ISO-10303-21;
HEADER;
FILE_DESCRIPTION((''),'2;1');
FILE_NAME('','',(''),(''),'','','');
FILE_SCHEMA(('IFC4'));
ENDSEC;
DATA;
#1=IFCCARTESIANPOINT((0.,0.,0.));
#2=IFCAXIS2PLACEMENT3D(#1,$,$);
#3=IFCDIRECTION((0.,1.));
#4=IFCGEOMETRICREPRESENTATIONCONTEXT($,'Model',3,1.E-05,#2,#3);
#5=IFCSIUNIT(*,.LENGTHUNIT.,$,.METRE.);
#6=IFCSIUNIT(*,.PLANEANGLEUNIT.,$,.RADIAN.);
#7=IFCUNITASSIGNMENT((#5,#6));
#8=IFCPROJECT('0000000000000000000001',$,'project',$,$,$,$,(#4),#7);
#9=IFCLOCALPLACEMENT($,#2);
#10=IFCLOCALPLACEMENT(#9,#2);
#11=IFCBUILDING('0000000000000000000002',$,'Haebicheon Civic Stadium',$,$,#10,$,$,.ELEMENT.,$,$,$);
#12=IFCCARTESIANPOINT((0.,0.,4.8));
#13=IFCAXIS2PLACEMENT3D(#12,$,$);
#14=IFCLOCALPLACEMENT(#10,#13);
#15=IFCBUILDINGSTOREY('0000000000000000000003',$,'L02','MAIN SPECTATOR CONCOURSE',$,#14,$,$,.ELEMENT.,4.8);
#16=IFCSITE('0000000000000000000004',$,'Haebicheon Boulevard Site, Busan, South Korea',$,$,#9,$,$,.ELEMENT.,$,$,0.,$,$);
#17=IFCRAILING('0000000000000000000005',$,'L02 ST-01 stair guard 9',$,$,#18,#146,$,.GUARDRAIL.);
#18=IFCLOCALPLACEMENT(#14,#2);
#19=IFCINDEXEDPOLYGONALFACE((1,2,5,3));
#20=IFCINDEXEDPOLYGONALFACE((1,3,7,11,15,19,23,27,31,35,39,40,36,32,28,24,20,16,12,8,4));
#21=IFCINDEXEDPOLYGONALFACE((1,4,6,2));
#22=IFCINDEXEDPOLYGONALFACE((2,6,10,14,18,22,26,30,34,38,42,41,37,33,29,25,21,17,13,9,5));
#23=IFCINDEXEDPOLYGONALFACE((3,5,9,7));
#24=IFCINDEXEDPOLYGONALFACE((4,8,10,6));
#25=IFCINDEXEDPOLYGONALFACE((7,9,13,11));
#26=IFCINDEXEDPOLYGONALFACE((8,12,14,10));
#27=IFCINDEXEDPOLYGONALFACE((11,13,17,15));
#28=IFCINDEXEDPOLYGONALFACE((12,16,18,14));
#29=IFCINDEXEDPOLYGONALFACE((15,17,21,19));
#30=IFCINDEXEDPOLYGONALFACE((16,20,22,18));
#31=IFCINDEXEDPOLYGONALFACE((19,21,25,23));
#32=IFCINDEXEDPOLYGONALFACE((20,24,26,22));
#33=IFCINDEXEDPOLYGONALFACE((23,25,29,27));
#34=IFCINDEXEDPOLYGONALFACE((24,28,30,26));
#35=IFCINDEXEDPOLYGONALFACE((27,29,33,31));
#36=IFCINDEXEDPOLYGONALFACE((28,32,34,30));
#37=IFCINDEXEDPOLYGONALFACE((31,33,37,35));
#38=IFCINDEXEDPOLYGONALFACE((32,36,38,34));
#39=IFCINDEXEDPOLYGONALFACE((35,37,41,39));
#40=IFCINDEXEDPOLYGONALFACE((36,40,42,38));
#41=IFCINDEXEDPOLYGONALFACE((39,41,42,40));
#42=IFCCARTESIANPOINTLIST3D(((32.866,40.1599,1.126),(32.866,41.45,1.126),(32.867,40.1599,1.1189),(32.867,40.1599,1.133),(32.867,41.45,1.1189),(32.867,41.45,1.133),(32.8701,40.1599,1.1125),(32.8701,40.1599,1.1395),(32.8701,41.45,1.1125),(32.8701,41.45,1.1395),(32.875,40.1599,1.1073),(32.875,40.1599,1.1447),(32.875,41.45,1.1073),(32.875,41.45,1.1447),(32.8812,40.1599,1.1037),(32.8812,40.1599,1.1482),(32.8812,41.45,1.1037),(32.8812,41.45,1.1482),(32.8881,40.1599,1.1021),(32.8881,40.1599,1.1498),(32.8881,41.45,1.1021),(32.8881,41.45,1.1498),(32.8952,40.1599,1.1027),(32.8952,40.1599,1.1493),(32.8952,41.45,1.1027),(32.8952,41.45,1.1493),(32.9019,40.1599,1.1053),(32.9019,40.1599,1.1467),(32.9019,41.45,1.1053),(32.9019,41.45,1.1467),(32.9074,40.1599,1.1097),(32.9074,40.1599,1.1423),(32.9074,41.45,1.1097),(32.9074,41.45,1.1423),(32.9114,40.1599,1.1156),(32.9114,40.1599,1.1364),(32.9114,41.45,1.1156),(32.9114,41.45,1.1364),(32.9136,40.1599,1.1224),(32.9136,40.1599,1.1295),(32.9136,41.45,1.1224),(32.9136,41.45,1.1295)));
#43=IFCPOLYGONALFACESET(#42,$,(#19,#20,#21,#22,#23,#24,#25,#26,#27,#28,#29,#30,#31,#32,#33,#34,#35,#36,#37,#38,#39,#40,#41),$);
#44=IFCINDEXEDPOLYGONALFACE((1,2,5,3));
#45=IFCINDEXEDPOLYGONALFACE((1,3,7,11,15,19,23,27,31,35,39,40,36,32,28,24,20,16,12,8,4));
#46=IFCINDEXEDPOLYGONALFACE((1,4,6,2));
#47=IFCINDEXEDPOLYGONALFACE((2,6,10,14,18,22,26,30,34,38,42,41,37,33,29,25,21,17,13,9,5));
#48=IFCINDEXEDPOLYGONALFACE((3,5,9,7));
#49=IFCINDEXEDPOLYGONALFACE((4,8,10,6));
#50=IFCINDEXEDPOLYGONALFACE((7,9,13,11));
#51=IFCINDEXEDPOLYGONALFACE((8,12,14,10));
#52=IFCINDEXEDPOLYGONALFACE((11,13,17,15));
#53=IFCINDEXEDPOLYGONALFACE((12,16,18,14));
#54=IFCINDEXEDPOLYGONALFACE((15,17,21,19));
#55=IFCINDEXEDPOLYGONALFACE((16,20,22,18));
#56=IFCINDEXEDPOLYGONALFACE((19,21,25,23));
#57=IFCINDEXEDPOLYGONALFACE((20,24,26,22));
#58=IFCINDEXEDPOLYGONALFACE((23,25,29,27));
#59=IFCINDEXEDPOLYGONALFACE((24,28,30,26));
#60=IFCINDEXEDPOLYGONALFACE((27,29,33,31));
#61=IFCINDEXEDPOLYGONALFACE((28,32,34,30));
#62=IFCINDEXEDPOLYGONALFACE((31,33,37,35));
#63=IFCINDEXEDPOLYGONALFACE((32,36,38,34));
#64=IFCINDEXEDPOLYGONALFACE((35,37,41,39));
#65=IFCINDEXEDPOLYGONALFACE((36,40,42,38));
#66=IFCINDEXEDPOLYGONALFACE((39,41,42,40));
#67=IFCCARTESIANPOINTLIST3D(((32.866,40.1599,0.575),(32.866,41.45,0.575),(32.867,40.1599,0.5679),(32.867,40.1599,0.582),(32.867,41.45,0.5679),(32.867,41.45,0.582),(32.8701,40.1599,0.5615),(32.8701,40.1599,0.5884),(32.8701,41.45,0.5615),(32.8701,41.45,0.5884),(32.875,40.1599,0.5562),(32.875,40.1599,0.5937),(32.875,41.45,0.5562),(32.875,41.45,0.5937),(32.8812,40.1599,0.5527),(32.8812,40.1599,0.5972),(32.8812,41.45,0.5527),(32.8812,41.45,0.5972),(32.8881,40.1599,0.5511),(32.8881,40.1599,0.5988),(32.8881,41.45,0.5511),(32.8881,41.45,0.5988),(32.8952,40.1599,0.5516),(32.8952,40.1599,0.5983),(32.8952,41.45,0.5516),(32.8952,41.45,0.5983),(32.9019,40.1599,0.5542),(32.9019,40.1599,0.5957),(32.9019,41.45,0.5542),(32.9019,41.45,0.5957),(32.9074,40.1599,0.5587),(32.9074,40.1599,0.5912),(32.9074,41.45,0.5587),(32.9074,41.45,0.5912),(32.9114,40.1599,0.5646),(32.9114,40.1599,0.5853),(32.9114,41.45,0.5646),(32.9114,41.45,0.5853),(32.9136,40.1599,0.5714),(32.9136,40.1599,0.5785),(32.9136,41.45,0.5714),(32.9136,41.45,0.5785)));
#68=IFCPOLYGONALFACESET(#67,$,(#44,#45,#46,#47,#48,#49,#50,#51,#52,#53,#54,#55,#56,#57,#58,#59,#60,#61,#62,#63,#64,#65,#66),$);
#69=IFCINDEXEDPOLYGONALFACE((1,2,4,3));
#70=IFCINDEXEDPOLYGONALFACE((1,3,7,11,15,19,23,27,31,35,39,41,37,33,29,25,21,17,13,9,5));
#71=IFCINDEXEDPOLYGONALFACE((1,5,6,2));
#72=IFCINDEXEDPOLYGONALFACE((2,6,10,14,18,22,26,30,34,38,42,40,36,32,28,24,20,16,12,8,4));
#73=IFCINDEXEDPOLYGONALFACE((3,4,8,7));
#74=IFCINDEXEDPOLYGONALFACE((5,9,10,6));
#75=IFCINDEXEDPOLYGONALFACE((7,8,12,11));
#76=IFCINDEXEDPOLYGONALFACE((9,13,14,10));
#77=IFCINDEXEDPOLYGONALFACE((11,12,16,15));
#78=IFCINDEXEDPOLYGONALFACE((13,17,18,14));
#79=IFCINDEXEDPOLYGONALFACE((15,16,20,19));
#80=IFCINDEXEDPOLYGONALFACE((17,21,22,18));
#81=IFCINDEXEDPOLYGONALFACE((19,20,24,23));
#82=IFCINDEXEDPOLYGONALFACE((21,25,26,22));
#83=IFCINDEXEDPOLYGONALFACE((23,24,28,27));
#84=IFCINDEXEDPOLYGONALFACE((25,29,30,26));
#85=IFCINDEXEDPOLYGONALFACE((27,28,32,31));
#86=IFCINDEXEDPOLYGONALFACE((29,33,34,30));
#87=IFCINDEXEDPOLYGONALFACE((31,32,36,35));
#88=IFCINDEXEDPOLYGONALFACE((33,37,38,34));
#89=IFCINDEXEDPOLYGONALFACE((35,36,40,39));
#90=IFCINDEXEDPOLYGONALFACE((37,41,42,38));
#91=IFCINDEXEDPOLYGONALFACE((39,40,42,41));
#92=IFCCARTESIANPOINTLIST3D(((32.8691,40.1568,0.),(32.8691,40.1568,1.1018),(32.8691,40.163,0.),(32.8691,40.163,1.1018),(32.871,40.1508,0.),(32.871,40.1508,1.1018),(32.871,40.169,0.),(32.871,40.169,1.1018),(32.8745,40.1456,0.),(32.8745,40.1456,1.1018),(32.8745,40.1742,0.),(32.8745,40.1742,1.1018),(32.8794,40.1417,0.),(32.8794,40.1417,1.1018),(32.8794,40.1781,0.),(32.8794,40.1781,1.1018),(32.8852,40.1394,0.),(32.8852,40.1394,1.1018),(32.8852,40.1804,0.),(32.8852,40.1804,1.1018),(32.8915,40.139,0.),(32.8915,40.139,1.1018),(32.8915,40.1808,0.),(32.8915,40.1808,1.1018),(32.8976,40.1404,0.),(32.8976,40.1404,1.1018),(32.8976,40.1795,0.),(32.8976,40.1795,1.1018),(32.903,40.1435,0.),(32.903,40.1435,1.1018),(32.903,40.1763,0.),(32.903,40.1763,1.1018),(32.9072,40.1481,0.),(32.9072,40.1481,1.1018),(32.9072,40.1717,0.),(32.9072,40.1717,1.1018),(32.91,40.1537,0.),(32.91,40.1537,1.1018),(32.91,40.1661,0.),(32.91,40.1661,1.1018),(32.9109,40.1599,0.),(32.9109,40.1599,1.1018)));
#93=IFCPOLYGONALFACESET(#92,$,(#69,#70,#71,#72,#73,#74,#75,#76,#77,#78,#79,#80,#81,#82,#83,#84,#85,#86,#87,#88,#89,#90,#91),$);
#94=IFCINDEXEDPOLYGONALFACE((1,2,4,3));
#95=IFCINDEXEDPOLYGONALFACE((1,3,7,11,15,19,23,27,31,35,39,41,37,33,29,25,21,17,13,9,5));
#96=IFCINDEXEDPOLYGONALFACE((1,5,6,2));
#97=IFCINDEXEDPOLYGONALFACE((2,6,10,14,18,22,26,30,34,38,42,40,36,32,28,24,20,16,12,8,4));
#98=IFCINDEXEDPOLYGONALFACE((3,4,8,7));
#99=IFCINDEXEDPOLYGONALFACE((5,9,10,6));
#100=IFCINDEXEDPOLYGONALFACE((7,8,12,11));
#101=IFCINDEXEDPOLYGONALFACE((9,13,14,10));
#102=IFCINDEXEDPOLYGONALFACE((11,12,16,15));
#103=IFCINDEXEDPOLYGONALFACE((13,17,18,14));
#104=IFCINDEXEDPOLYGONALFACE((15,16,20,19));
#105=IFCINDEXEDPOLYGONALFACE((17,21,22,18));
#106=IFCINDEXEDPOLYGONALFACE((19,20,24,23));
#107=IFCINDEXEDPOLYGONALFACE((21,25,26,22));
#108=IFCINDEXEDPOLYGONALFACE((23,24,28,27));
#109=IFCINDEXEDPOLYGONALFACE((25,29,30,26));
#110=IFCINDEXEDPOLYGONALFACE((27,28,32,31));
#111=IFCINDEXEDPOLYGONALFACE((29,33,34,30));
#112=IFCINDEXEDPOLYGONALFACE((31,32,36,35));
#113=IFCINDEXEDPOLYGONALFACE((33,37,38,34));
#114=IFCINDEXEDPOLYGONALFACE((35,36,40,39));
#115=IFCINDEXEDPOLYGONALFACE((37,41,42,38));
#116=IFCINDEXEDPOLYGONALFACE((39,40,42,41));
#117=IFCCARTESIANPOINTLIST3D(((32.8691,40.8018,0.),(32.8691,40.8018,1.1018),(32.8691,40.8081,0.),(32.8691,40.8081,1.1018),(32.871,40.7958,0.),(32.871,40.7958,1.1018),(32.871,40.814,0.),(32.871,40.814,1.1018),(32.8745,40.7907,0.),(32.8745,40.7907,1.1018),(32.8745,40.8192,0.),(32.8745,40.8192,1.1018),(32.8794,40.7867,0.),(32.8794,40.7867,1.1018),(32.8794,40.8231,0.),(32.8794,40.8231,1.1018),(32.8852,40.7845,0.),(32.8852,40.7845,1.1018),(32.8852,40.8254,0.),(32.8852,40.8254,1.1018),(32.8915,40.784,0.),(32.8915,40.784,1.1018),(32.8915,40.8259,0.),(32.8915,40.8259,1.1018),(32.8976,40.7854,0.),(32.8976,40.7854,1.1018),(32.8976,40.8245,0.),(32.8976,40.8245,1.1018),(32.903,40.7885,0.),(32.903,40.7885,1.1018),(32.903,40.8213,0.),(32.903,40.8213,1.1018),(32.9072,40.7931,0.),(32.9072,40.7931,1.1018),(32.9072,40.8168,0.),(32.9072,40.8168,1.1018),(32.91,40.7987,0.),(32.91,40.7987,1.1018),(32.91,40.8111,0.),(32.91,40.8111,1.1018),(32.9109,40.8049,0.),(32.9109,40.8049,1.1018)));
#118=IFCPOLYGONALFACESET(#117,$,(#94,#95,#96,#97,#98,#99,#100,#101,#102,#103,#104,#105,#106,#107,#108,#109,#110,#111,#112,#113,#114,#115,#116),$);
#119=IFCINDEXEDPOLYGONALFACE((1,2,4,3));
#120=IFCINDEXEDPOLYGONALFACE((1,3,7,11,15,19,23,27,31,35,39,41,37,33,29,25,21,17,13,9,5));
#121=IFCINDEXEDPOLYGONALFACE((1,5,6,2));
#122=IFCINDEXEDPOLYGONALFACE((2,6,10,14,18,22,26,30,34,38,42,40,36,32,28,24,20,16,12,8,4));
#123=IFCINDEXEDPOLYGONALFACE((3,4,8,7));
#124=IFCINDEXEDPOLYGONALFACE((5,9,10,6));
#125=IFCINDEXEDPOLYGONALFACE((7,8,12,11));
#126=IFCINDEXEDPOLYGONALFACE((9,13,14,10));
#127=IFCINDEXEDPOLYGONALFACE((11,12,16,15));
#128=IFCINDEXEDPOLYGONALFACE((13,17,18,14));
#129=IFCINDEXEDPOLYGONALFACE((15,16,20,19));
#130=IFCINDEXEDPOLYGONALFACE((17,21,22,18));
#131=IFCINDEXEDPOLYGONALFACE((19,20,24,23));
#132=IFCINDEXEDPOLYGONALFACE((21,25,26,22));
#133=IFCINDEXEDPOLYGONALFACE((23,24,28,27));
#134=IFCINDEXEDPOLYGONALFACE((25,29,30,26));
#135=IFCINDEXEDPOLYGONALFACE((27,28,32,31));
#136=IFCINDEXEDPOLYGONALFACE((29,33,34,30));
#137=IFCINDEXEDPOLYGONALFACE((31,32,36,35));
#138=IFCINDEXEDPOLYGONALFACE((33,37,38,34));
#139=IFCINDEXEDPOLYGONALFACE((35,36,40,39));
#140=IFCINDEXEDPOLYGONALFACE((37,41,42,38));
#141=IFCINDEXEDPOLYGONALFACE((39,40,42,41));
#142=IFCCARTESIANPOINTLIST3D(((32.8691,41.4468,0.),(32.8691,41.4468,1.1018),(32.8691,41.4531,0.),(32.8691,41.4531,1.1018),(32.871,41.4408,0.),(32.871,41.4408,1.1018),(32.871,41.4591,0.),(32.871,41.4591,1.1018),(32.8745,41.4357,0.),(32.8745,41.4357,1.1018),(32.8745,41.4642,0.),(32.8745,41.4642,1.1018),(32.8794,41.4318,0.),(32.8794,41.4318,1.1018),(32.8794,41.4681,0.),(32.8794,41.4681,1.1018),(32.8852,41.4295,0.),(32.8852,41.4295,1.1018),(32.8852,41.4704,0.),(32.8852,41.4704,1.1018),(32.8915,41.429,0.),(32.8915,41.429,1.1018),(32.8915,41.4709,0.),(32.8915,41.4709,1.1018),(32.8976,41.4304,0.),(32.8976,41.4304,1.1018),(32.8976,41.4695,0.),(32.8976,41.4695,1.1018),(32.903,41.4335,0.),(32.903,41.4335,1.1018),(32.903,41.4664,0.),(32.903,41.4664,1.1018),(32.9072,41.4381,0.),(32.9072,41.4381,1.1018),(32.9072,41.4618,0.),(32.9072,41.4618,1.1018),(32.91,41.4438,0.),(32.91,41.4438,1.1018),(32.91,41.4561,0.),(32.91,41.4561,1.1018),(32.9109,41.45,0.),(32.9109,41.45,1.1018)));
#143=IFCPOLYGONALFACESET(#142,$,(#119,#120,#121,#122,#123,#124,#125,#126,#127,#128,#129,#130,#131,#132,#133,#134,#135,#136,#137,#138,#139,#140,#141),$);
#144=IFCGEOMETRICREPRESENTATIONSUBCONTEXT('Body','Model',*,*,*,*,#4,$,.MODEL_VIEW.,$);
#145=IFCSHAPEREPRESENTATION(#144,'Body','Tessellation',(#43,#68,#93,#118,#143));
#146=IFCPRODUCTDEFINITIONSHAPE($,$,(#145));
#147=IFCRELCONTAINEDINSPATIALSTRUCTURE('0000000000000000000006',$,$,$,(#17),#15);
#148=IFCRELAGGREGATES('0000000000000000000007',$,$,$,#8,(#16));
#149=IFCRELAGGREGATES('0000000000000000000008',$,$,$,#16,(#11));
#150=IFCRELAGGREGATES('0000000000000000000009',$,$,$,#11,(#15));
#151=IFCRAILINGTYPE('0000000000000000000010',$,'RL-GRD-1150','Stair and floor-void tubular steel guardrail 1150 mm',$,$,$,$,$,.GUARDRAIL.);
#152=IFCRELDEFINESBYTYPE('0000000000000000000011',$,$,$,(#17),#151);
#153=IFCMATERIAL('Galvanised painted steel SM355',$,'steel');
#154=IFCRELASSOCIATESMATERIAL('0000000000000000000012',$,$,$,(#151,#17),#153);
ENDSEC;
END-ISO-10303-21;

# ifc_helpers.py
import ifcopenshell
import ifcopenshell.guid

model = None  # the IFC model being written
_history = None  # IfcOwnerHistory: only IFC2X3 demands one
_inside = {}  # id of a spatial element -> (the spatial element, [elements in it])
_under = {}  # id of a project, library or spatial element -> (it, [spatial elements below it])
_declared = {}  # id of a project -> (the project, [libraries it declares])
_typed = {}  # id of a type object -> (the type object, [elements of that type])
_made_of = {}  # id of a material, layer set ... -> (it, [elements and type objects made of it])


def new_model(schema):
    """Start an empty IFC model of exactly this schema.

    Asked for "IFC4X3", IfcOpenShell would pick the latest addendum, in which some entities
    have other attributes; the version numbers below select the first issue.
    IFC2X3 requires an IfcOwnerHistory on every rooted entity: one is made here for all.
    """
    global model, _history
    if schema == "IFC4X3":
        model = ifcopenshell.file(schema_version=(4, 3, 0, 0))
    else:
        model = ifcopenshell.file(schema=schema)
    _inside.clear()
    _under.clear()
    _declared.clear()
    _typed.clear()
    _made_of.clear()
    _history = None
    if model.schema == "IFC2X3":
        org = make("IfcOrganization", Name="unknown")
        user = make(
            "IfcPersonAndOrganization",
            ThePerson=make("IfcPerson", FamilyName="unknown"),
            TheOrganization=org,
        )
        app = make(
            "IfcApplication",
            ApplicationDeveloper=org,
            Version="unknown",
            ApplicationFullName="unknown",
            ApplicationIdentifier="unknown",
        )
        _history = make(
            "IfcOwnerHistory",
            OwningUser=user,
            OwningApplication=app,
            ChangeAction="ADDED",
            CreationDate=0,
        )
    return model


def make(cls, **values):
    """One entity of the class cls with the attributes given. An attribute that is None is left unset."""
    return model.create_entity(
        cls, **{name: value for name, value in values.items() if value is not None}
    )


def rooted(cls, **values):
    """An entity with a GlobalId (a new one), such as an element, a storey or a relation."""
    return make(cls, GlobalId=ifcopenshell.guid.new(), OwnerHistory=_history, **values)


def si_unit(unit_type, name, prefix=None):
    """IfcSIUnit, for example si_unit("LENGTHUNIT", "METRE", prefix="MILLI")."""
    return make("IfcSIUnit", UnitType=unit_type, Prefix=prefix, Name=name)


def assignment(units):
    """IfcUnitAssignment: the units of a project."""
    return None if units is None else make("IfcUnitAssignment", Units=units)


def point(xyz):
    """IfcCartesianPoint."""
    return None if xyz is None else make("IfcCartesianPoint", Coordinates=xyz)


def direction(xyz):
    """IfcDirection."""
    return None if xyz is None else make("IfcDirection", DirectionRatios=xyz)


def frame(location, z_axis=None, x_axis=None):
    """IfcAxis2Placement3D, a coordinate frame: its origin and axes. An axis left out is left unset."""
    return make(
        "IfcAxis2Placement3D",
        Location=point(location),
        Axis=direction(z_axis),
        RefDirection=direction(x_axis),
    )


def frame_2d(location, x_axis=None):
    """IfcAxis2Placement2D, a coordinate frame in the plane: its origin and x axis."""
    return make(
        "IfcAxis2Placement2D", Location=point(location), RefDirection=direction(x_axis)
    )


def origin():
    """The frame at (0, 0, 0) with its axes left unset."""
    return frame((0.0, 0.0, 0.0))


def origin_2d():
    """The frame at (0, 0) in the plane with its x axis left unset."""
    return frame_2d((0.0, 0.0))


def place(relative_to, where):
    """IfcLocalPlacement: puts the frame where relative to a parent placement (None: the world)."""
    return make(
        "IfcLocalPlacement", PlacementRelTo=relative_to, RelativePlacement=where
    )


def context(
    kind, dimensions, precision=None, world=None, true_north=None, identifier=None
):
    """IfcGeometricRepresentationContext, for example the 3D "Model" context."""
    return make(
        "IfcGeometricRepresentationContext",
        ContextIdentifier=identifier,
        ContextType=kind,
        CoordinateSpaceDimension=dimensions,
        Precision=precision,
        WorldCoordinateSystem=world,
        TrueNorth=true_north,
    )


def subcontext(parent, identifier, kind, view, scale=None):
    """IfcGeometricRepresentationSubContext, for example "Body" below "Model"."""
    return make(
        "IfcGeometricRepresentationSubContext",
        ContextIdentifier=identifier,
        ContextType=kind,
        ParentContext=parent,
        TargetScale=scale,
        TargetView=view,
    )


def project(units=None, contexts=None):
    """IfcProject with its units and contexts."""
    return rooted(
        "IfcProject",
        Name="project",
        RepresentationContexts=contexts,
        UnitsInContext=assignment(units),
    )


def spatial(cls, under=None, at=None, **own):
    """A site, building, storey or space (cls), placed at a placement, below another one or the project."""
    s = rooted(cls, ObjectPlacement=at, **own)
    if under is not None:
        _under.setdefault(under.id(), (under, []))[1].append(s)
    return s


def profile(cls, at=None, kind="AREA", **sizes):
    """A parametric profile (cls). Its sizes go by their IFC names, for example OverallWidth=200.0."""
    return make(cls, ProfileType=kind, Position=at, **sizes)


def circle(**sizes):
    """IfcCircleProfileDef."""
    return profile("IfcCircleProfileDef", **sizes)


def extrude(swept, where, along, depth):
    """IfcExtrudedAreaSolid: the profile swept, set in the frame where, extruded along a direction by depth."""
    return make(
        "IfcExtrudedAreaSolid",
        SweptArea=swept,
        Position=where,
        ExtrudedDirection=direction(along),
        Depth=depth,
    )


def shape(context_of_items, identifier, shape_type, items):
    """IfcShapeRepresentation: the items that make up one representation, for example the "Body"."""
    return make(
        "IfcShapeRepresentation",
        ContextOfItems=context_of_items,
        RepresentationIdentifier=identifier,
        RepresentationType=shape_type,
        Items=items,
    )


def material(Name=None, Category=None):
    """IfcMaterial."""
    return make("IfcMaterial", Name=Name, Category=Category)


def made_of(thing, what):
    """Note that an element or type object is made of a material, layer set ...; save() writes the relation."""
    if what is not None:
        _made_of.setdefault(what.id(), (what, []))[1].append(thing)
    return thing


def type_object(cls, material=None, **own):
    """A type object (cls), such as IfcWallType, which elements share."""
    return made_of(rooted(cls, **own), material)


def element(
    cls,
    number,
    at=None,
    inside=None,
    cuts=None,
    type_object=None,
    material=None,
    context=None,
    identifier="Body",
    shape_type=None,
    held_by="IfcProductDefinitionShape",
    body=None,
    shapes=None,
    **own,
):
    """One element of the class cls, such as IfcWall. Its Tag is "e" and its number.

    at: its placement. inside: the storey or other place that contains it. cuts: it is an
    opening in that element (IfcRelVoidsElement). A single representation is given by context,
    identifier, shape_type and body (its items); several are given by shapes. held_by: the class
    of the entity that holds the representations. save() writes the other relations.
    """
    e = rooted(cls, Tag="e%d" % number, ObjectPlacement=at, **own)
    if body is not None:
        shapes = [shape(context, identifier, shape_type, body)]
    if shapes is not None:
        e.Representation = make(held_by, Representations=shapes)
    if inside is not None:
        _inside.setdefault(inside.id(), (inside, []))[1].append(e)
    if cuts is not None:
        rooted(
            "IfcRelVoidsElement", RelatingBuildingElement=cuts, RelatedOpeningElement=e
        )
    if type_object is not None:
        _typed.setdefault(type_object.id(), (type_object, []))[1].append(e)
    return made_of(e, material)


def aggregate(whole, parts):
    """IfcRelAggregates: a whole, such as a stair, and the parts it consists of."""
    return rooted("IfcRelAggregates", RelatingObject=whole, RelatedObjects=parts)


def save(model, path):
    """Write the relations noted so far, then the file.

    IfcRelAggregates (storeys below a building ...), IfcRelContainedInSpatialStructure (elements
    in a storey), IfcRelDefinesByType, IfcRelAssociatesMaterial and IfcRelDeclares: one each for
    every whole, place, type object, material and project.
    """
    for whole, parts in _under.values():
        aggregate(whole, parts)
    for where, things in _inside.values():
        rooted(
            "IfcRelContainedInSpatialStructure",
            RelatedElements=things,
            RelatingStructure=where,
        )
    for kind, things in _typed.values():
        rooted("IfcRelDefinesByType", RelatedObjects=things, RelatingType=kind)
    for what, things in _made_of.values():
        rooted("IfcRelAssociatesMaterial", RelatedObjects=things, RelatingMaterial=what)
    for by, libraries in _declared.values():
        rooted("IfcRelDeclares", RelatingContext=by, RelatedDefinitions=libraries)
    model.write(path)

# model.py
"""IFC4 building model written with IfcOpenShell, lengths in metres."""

from ifc_helpers import new_model, si_unit, direction, frame, origin, origin_2d, place, context, subcontext, project, spatial, circle, extrude, material, type_object, element, save


model = new_model("IFC4")

# Units and contexts
model_context = context("Model", 3, precision=1e-05, world=origin(), true_north=direction((0.0, 1.0)))
body_context = subcontext(model_context, "Body", "Model", "MODEL_VIEW")
ifc_project = project(units=[si_unit("LENGTHUNIT", "METRE"), si_unit("PLANEANGLEUNIT", "RADIAN")], contexts=[model_context])

# Site, building, storey
site_placement = place(None, origin())
site = spatial("IfcSite", under=ifc_project, at=site_placement, Name="Haebicheon Boulevard Site, Busan, South Korea", CompositionType="ELEMENT", RefElevation=0.0)
building_placement = place(site_placement, origin())
building = spatial("IfcBuilding", under=site, at=building_placement, Name="Haebicheon Civic Stadium", CompositionType="ELEMENT")
storey_placement = place(building_placement, frame((0.0, 0.0, 4.8)))
storey = spatial("IfcBuildingStorey", under=building, at=storey_placement, Name="L02", Description="MAIN SPECTATOR CONCOURSE", CompositionType="ELEMENT", Elevation=4.8)

# Railing
ifc_material_1 = material(Name="Galvanised painted steel SM355", Category="steel")
railing_type = type_object("IfcRailingType", Name="RL-GRD-1150", Description="Stair and floor-void tubular steel guardrail 1150 mm", PredefinedType="GUARDRAIL", material=ifc_material_1)
railing_1_placement = place(storey_placement, frame((32.8899, 40.1599, 0.0)))
element("IfcRailing", 1, at=railing_1_placement, inside=storey, type_object=railing_type, material=ifc_material_1, Name="L02 ST-01 stair guard 9", PredefinedType="GUARDRAIL", context=body_context, shape_type="SweptSolid", body=[
    extrude(circle(Radius=0.0239, at=origin_2d()), frame((0.0, 0.0, 1.126), z_axis=(0.0, 1.0, 0.0), x_axis=(-1.0, 0.0, 0.0)), (0.0, 0.0, 1.0), 1.29),
    extrude(circle(Radius=0.0239, at=origin_2d()), frame((0.0, 0.0, 0.575), z_axis=(0.0, 1.0, 0.0), x_axis=(-1.0, 0.0, 0.0)), (0.0, 0.0, 1.0), 1.29),
    extrude(circle(Radius=0.021, at=origin_2d()), origin(), (0.0, 0.0, 1.0), 1.1018),
    extrude(circle(Radius=0.021, at=origin_2d()), frame((0.0, 0.645, 0.0)), (0.0, 0.0, 1.0), 1.1018),
    extrude(circle(Radius=0.021, at=origin_2d()), frame((0.0, 1.29, 0.0)), (0.0, 0.0, 1.0), 1.1018),
])

save(model, "model.ifc")
